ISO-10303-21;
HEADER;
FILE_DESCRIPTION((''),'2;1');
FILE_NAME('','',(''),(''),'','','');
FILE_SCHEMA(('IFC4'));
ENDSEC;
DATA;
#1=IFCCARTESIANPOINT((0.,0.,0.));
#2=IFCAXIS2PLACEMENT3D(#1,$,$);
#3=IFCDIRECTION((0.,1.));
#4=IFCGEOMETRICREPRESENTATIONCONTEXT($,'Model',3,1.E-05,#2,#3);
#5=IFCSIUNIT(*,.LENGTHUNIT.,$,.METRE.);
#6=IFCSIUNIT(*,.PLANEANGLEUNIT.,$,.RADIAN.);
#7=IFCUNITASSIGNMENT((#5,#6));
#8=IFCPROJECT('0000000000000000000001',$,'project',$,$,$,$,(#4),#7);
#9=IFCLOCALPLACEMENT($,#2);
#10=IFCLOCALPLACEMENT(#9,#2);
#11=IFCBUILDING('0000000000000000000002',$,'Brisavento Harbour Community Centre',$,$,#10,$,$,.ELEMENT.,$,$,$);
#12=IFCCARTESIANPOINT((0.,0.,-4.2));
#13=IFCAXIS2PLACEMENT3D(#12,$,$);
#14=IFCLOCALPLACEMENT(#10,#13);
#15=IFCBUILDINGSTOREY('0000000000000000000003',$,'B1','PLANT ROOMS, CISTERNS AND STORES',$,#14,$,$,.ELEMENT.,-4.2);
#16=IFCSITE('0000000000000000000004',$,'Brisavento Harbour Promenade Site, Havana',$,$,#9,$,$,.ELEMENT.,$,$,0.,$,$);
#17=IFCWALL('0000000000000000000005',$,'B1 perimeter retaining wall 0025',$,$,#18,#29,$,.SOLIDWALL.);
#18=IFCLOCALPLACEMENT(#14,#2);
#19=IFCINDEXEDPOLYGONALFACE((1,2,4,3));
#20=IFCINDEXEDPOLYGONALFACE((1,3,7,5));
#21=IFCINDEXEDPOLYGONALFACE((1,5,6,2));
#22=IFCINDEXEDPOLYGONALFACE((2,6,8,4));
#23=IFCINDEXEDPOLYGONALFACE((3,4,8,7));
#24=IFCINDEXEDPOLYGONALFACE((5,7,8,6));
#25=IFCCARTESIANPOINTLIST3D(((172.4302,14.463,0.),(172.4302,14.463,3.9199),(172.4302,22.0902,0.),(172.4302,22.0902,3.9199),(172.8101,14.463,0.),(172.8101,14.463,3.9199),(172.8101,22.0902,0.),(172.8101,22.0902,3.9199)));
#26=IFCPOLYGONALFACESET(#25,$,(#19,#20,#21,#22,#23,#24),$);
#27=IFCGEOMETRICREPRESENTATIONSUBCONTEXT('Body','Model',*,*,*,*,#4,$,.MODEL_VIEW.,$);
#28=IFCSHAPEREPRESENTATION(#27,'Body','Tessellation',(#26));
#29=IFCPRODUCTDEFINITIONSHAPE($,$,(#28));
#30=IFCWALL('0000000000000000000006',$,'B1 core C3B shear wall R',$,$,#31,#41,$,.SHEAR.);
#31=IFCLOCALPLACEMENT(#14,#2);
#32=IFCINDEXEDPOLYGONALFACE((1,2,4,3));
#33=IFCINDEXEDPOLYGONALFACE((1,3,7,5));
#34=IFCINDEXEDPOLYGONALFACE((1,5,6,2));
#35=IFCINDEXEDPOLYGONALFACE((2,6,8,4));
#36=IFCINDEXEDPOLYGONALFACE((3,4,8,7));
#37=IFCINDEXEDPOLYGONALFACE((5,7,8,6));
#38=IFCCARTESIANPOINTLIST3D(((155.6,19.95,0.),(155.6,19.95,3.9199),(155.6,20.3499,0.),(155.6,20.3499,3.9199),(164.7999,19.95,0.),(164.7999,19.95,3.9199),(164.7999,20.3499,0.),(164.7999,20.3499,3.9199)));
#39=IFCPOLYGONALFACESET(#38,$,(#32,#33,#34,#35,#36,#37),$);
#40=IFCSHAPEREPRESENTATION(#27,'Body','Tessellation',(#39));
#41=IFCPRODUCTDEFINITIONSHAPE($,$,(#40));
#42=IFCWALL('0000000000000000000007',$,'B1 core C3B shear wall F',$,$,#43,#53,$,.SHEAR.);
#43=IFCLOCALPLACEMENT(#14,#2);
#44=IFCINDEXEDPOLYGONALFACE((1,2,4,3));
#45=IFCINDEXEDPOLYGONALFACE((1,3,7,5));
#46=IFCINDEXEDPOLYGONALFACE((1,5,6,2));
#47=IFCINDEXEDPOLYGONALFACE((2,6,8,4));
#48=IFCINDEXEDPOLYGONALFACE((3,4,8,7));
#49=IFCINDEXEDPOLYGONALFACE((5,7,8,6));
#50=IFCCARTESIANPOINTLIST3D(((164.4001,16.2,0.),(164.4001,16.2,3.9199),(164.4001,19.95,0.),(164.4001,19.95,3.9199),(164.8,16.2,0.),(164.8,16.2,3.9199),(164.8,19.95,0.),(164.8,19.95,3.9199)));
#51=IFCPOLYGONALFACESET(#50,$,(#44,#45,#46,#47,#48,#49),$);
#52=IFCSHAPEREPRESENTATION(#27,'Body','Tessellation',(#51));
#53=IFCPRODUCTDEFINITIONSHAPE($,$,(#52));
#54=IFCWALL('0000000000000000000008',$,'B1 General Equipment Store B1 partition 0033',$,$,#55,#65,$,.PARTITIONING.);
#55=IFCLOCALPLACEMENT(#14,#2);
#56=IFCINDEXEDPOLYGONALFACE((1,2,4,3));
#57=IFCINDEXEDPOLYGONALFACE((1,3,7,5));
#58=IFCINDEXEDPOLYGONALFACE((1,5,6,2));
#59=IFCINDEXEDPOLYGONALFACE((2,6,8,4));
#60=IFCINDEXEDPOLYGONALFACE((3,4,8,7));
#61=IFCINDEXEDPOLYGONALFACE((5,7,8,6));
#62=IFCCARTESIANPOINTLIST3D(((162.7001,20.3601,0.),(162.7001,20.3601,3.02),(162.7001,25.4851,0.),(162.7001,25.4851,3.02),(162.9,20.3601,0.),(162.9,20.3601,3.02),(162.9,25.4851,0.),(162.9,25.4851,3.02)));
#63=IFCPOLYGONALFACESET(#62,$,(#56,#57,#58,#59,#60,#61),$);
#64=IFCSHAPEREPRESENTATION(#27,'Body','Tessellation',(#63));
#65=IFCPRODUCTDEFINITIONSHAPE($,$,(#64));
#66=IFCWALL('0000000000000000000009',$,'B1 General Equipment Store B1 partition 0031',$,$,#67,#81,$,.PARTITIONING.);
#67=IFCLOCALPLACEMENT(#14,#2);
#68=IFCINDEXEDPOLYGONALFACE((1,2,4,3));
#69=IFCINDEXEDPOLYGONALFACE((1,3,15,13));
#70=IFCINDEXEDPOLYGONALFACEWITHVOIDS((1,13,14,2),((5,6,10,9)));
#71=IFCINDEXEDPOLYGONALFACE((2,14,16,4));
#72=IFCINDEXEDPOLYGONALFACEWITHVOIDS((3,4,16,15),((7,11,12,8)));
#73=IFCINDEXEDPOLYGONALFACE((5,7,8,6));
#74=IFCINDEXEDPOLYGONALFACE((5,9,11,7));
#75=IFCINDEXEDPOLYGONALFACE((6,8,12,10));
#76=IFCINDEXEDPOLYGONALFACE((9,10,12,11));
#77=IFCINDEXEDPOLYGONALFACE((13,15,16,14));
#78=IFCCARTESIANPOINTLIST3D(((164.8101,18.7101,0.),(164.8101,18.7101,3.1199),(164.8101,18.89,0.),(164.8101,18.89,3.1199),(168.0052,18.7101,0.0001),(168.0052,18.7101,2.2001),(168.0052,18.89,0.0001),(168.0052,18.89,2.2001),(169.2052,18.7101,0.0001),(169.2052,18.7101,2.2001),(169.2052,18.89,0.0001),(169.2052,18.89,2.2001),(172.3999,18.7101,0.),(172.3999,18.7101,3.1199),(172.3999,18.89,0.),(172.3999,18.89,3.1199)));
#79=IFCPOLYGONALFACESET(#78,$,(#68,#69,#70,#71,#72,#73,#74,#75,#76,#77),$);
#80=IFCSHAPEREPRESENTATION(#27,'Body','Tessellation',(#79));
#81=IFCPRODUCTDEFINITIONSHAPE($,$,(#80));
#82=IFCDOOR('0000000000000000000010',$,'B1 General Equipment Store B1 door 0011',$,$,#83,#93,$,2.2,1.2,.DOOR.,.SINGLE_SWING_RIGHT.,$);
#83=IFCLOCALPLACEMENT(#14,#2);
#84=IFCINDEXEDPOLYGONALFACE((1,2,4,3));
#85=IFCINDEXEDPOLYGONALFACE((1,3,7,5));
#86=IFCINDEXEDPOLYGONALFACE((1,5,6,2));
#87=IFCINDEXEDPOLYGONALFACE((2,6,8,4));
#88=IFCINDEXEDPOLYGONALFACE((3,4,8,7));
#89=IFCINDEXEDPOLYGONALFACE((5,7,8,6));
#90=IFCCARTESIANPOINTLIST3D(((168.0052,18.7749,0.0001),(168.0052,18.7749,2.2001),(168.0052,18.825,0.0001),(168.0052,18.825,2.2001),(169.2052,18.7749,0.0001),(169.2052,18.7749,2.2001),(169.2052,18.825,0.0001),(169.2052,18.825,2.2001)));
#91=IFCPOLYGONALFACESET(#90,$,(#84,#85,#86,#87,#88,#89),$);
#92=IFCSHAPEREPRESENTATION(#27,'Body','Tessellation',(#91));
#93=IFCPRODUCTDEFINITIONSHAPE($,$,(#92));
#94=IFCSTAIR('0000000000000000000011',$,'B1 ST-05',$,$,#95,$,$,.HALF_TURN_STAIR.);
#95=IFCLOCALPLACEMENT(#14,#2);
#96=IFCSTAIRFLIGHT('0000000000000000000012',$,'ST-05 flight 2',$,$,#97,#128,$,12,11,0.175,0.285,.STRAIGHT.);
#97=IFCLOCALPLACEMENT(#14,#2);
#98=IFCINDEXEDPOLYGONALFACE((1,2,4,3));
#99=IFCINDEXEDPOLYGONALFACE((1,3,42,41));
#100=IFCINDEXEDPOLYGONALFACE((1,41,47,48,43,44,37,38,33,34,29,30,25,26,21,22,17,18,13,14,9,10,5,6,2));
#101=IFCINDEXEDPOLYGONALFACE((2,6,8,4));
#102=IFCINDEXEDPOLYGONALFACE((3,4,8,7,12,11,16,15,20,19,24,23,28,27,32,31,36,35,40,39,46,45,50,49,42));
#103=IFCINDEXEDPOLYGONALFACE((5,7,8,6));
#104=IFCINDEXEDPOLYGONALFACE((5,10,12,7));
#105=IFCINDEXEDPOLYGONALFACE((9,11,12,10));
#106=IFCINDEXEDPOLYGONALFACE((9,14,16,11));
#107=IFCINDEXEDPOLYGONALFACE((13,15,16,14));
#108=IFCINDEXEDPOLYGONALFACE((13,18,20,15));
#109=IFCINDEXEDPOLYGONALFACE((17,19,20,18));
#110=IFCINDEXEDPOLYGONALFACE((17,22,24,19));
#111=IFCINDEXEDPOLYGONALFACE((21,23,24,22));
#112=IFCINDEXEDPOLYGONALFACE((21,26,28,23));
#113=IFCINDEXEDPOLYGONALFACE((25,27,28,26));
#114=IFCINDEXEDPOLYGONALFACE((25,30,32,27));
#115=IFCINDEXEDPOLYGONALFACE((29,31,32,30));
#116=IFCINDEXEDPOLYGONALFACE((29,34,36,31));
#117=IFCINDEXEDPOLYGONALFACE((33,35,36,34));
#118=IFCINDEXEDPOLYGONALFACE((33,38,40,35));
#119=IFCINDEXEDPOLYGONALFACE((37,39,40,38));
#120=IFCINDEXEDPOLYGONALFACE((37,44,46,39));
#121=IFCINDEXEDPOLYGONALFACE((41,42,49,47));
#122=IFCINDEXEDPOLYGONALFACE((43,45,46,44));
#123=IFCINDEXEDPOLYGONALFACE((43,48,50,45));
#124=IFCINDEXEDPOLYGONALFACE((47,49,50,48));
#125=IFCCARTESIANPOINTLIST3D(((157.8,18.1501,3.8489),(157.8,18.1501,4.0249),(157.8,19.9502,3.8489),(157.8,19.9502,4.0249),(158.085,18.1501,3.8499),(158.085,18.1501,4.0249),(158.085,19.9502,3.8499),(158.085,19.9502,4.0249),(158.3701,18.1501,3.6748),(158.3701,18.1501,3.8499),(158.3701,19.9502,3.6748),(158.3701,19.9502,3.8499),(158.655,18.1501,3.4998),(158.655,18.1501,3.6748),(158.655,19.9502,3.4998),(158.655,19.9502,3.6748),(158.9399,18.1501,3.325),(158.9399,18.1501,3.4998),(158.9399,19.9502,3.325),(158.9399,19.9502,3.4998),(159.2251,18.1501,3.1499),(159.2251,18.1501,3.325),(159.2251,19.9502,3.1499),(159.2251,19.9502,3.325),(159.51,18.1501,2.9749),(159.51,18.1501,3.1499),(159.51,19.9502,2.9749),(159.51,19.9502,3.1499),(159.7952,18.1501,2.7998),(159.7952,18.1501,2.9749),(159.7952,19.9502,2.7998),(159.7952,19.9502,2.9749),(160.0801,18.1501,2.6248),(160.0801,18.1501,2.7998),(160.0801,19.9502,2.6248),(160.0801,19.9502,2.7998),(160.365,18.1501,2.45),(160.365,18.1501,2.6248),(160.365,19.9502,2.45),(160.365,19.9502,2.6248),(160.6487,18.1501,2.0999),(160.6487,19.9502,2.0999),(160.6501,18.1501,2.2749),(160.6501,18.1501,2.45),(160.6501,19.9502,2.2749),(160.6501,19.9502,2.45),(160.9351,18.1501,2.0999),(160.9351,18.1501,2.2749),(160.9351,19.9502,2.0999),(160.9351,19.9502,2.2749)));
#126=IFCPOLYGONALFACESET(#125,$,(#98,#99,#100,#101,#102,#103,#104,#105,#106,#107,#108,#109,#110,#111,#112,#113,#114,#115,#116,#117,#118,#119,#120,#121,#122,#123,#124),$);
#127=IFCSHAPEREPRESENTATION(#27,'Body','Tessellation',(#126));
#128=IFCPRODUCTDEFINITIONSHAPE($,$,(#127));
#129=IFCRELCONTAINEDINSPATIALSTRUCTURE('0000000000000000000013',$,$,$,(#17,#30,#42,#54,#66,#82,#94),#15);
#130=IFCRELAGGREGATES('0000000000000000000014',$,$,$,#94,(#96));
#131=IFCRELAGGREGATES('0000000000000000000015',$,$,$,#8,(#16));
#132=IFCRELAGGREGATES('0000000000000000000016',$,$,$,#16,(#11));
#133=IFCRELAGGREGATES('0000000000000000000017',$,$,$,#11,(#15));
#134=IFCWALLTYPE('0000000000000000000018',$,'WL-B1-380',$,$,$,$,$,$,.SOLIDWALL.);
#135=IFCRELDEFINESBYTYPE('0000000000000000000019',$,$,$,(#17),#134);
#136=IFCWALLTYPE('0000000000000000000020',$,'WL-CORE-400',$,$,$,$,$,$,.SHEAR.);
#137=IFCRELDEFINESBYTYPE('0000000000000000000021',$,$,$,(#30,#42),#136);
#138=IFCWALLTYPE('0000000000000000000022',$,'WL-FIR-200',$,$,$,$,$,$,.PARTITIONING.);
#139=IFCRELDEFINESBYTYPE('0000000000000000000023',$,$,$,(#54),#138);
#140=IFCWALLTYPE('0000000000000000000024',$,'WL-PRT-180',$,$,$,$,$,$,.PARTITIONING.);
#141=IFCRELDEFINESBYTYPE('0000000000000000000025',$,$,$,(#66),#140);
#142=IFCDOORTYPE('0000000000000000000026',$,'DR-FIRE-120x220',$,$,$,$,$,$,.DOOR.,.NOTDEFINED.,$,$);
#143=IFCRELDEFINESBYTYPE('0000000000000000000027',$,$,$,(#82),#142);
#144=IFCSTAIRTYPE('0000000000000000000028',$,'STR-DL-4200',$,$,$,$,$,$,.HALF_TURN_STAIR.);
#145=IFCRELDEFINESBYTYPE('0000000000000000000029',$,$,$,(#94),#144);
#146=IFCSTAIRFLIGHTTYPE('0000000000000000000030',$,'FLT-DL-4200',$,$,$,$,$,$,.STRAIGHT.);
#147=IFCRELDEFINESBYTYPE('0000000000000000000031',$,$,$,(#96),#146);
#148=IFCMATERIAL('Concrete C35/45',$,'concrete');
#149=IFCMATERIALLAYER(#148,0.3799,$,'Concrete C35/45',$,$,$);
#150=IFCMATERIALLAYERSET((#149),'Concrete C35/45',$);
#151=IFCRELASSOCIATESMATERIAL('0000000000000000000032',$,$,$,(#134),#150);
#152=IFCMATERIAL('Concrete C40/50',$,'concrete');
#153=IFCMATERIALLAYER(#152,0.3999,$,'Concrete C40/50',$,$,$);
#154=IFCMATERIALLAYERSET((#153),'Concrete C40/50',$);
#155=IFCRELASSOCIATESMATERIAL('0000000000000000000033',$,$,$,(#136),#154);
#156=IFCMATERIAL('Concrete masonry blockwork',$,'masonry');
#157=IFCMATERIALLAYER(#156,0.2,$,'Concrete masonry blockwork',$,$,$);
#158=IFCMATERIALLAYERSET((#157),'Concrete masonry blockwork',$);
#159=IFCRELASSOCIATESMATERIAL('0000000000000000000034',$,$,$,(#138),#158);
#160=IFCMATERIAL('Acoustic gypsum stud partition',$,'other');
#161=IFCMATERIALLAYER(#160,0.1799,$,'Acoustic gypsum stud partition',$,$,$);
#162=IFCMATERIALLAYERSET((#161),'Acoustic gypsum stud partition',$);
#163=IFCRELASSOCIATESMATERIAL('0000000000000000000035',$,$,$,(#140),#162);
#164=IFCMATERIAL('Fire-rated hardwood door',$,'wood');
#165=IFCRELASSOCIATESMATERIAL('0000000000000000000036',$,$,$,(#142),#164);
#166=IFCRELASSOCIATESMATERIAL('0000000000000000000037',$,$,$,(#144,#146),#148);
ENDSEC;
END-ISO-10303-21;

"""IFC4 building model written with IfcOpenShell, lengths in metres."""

from ifc_helpers import new_model, si_unit, direction, frame, frame_2d, origin, place, context, subcontext, project, spatial, polyline, rectangle, outline, extrude, material, layer, layer_set, type_object, element, fill, aggregate, save


model = new_model("IFC4")

# Units and contexts
model_context = context("Model", 3, precision=1e-05, world=origin(), true_north=direction((0.0, 1.0)))
body_context = subcontext(model_context, "Body", "Model", "MODEL_VIEW")
ifc_project = project(units=[si_unit("LENGTHUNIT", "METRE"), si_unit("PLANEANGLEUNIT", "RADIAN")], contexts=[model_context])

# Site, building, storey
site_placement = place(None, origin())
site = spatial("IfcSite", under=ifc_project, at=site_placement, Name="Brisavento Harbour Promenade Site, Havana", CompositionType="ELEMENT", RefElevation=0.0)
building_placement = place(site_placement, origin())
building = spatial("IfcBuilding", under=site, at=building_placement, Name="Brisavento Harbour Community Centre", CompositionType="ELEMENT")
storey_placement = place(building_placement, frame((0.0, 0.0, -4.2)))
storey = spatial("IfcBuildingStorey", under=building, at=storey_placement, Name="B1", Description="PLANT ROOMS, CISTERNS AND STORES", CompositionType="ELEMENT", Elevation=-4.2)

# Shared definitions
ifc_material_1 = material(Name="Concrete C35/45", Category="concrete")

# Shared definitions
ifc_material_2 = material(Name="Concrete C40/50", Category="concrete")

# Walls
ifc_layer_1 = layer(ifc_material_1, 0.3799, Name="Concrete C35/45")
ifc_layer_set_1 = layer_set([ifc_layer_1], Name="Concrete C35/45")
wall_type_1 = type_object("IfcWallType", Name="WL-B1-380", PredefinedType="SOLIDWALL", material=ifc_layer_set_1)
wall_1_placement = place(storey_placement, frame((172.6201, 22.0901, 0.0), z_axis=(0.0, 0.0, 1.0), x_axis=(0.0, -1.0, 0.0)))
element("IfcWall", 1, at=wall_1_placement, inside=storey, type_object=wall_type_1, Name="B1 perimeter retaining wall 0025", PredefinedType="SOLIDWALL", context=body_context, shape_type="SweptSolid", body=[
    extrude(rectangle(XDim=7.6272, YDim=0.3799, at=frame_2d((3.8135, 0.0))), origin(), (0.0, 0.0, 1.0), 3.9199),
])
ifc_layer_2 = layer(ifc_material_2, 0.3999, Name="Concrete C40/50")
ifc_layer_set_2 = layer_set([ifc_layer_2], Name="Concrete C40/50")
wall_type_2 = type_object("IfcWallType", Name="WL-CORE-400", PredefinedType="SHEAR", material=ifc_layer_set_2)
wall_2_placement = place(storey_placement, frame((164.8, 20.1499, 0.0), z_axis=(0.0, 0.0, 1.0), x_axis=(-1.0, 0.0, 0.0)))
element("IfcWall", 2, at=wall_2_placement, inside=storey, type_object=wall_type_2, Name="B1 core C3B shear wall R", PredefinedType="SHEAR", context=body_context, shape_type="SweptSolid", body=[
    extrude(rectangle(XDim=9.2, YDim=0.3999, at=frame_2d((4.6001, 0.0))), origin(), (0.0, 0.0, 1.0), 3.9199),
])
wall_3_placement = place(storey_placement, frame((164.6001, 16.2, 0.0), z_axis=(0.0, 0.0, 1.0), x_axis=(0.0, 1.0, 0.0)))
element("IfcWall", 3, at=wall_3_placement, inside=storey, type_object=wall_type_2, Name="B1 core C3B shear wall F", PredefinedType="SHEAR", context=body_context, shape_type="SweptSolid", body=[
    extrude(rectangle(XDim=3.75, YDim=0.3999, at=frame_2d((1.875, 0.0))), origin(), (0.0, 0.0, 1.0), 3.9199),
])
ifc_material_3 = material(Name="Concrete masonry blockwork", Category="masonry")
ifc_layer_3 = layer(ifc_material_3, 0.2, Name="Concrete masonry blockwork")
ifc_layer_set_3 = layer_set([ifc_layer_3], Name="Concrete masonry blockwork")
wall_type_3 = type_object("IfcWallType", Name="WL-FIR-200", PredefinedType="PARTITIONING", material=ifc_layer_set_3)
wall_4_placement = place(storey_placement, frame((162.8, 25.4851, 0.0), z_axis=(0.0, 0.0, 1.0), x_axis=(0.0, -1.0, 0.0)))
element("IfcWall", 4, at=wall_4_placement, inside=storey, type_object=wall_type_3, Name="B1 General Equipment Store B1 partition 0033", PredefinedType="PARTITIONING", context=body_context, shape_type="SweptSolid", body=[
    extrude(rectangle(XDim=5.125, YDim=0.2, at=frame_2d((2.5625, 0.0))), origin(), (0.0, 0.0, 1.0), 3.02),
])

# Wall, opening, door
ifc_material_4 = material(Name="Acoustic gypsum stud partition", Category="other")
ifc_layer_4 = layer(ifc_material_4, 0.1799, Name="Acoustic gypsum stud partition")
ifc_layer_set_4 = layer_set([ifc_layer_4], Name="Acoustic gypsum stud partition")
wall_type_4 = type_object("IfcWallType", Name="WL-PRT-180", PredefinedType="PARTITIONING", material=ifc_layer_set_4)
wall_5_placement = place(storey_placement, frame((164.8101, 18.8, 0.0), z_axis=(0.0, 0.0, 1.0), x_axis=(1.0, 0.0, 0.0)))
wall_5 = element("IfcWall", 5, at=wall_5_placement, inside=storey, type_object=wall_type_4, Name="B1 General Equipment Store B1 partition 0031", PredefinedType="PARTITIONING", context=body_context, shape_type="SweptSolid", body=[
    extrude(rectangle(XDim=7.5898, YDim=0.1799, at=frame_2d((3.7949, 0.0))), origin(), (0.0, 0.0, 1.0), 3.1199),
])
opening_placement = place(wall_5_placement, frame((3.1951, 0.0, 0.0)))
opening = element("IfcOpeningElement", 6, at=opening_placement, cuts=wall_5, PredefinedType="OPENING", context=body_context, shape_type="SweptSolid", body=[
    extrude(rectangle(XDim=1.2, YDim=2.2, at=frame_2d((0.6001, 1.1001))), frame((0.0, 0.1001, 0.0), z_axis=(0.0, -1.0, 0.0), x_axis=(1.0, 0.0, 0.0)), (0.0, 0.0, 1.0), 0.2),
])
ifc_material_5 = material(Name="Fire-rated hardwood door", Category="wood")
door_type = type_object("IfcDoorType", Name="DR-FIRE-120x220", OperationType="NOTDEFINED", PredefinedType="DOOR", material=ifc_material_5)
door_placement = place(opening_placement, origin())
door = element("IfcDoor", 7, at=door_placement, inside=storey, type_object=door_type, Name="B1 General Equipment Store B1 door 0011", OperationType="SINGLE_SWING_RIGHT", OverallHeight=2.2, OverallWidth=1.2, PredefinedType="DOOR", context=body_context, shape_type="SweptSolid", body=[
    extrude(rectangle(XDim=1.2, YDim=2.2, at=frame_2d((0.6001, 1.1001))), frame((0.0, 0.0249, 0.0), z_axis=(0.0, -1.0, 0.0), x_axis=(1.0, 0.0, 0.0)), (0.0, 0.0, 1.0), 0.05),
])
fill(opening, door)

# Stair, stair flight
stair_type = type_object("IfcStairType", Name="STR-DL-4200", PredefinedType="HALF_TURN_STAIR", material=ifc_material_1)
stair_placement = place(storey_placement, origin())
stair = element("IfcStair", 8, at=stair_placement, inside=storey, type_object=stair_type, Name="B1 ST-05", PredefinedType="HALF_TURN_STAIR")
stair_flight_type = type_object("IfcStairFlightType", Name="FLT-DL-4200", PredefinedType="STRAIGHT", material=ifc_material_1)
stair_flight_placement = place(storey_placement, frame((160.9351, 19.05, 2.0999), z_axis=(0.0, 0.0, 1.0), x_axis=(-1.0, 0.0, 0.0)))
stair_flight = element("IfcStairFlight", 9, at=stair_flight_placement, type_object=stair_flight_type, Name="ST-05 flight 2", NumberOfRisers=12, NumberOfTreads=11, PredefinedType="STRAIGHT", RiserHeight=0.175, TreadLength=0.285, context=body_context, shape_type="SweptSolid", body=[
    extrude(outline(polyline([(0.0, 0.0), (0.0, 0.175), (0.2849, 0.175), (0.2849, 0.3501), (0.5701, 0.3501), (0.5701, 0.5249), (0.855, 0.5249), (0.855, 0.7), (1.1399, 0.7), (1.1399, 0.875), (1.425, 0.875), (1.425, 1.05), (1.71, 1.05), (1.71, 1.2251), (1.9951, 1.2251), (1.9951, 1.3999), (2.28, 1.3999), (2.28, 1.575), (2.5649, 1.575), (2.5649, 1.75), (2.8501, 1.75), (2.8501, 1.925), (3.135, 1.925), (3.135, 2.1001), (3.135, 1.749), (0.2864, 0.0), (0.0, 0.0)])), frame((0.0, 0.8999, 0.0), z_axis=(0.0, -1.0, 0.0), x_axis=(1.0, 0.0, 0.0)), (0.0, 0.0, 1.0), 1.8),
])
aggregate(stair, [stair_flight])

save(model, "model.ifc")
